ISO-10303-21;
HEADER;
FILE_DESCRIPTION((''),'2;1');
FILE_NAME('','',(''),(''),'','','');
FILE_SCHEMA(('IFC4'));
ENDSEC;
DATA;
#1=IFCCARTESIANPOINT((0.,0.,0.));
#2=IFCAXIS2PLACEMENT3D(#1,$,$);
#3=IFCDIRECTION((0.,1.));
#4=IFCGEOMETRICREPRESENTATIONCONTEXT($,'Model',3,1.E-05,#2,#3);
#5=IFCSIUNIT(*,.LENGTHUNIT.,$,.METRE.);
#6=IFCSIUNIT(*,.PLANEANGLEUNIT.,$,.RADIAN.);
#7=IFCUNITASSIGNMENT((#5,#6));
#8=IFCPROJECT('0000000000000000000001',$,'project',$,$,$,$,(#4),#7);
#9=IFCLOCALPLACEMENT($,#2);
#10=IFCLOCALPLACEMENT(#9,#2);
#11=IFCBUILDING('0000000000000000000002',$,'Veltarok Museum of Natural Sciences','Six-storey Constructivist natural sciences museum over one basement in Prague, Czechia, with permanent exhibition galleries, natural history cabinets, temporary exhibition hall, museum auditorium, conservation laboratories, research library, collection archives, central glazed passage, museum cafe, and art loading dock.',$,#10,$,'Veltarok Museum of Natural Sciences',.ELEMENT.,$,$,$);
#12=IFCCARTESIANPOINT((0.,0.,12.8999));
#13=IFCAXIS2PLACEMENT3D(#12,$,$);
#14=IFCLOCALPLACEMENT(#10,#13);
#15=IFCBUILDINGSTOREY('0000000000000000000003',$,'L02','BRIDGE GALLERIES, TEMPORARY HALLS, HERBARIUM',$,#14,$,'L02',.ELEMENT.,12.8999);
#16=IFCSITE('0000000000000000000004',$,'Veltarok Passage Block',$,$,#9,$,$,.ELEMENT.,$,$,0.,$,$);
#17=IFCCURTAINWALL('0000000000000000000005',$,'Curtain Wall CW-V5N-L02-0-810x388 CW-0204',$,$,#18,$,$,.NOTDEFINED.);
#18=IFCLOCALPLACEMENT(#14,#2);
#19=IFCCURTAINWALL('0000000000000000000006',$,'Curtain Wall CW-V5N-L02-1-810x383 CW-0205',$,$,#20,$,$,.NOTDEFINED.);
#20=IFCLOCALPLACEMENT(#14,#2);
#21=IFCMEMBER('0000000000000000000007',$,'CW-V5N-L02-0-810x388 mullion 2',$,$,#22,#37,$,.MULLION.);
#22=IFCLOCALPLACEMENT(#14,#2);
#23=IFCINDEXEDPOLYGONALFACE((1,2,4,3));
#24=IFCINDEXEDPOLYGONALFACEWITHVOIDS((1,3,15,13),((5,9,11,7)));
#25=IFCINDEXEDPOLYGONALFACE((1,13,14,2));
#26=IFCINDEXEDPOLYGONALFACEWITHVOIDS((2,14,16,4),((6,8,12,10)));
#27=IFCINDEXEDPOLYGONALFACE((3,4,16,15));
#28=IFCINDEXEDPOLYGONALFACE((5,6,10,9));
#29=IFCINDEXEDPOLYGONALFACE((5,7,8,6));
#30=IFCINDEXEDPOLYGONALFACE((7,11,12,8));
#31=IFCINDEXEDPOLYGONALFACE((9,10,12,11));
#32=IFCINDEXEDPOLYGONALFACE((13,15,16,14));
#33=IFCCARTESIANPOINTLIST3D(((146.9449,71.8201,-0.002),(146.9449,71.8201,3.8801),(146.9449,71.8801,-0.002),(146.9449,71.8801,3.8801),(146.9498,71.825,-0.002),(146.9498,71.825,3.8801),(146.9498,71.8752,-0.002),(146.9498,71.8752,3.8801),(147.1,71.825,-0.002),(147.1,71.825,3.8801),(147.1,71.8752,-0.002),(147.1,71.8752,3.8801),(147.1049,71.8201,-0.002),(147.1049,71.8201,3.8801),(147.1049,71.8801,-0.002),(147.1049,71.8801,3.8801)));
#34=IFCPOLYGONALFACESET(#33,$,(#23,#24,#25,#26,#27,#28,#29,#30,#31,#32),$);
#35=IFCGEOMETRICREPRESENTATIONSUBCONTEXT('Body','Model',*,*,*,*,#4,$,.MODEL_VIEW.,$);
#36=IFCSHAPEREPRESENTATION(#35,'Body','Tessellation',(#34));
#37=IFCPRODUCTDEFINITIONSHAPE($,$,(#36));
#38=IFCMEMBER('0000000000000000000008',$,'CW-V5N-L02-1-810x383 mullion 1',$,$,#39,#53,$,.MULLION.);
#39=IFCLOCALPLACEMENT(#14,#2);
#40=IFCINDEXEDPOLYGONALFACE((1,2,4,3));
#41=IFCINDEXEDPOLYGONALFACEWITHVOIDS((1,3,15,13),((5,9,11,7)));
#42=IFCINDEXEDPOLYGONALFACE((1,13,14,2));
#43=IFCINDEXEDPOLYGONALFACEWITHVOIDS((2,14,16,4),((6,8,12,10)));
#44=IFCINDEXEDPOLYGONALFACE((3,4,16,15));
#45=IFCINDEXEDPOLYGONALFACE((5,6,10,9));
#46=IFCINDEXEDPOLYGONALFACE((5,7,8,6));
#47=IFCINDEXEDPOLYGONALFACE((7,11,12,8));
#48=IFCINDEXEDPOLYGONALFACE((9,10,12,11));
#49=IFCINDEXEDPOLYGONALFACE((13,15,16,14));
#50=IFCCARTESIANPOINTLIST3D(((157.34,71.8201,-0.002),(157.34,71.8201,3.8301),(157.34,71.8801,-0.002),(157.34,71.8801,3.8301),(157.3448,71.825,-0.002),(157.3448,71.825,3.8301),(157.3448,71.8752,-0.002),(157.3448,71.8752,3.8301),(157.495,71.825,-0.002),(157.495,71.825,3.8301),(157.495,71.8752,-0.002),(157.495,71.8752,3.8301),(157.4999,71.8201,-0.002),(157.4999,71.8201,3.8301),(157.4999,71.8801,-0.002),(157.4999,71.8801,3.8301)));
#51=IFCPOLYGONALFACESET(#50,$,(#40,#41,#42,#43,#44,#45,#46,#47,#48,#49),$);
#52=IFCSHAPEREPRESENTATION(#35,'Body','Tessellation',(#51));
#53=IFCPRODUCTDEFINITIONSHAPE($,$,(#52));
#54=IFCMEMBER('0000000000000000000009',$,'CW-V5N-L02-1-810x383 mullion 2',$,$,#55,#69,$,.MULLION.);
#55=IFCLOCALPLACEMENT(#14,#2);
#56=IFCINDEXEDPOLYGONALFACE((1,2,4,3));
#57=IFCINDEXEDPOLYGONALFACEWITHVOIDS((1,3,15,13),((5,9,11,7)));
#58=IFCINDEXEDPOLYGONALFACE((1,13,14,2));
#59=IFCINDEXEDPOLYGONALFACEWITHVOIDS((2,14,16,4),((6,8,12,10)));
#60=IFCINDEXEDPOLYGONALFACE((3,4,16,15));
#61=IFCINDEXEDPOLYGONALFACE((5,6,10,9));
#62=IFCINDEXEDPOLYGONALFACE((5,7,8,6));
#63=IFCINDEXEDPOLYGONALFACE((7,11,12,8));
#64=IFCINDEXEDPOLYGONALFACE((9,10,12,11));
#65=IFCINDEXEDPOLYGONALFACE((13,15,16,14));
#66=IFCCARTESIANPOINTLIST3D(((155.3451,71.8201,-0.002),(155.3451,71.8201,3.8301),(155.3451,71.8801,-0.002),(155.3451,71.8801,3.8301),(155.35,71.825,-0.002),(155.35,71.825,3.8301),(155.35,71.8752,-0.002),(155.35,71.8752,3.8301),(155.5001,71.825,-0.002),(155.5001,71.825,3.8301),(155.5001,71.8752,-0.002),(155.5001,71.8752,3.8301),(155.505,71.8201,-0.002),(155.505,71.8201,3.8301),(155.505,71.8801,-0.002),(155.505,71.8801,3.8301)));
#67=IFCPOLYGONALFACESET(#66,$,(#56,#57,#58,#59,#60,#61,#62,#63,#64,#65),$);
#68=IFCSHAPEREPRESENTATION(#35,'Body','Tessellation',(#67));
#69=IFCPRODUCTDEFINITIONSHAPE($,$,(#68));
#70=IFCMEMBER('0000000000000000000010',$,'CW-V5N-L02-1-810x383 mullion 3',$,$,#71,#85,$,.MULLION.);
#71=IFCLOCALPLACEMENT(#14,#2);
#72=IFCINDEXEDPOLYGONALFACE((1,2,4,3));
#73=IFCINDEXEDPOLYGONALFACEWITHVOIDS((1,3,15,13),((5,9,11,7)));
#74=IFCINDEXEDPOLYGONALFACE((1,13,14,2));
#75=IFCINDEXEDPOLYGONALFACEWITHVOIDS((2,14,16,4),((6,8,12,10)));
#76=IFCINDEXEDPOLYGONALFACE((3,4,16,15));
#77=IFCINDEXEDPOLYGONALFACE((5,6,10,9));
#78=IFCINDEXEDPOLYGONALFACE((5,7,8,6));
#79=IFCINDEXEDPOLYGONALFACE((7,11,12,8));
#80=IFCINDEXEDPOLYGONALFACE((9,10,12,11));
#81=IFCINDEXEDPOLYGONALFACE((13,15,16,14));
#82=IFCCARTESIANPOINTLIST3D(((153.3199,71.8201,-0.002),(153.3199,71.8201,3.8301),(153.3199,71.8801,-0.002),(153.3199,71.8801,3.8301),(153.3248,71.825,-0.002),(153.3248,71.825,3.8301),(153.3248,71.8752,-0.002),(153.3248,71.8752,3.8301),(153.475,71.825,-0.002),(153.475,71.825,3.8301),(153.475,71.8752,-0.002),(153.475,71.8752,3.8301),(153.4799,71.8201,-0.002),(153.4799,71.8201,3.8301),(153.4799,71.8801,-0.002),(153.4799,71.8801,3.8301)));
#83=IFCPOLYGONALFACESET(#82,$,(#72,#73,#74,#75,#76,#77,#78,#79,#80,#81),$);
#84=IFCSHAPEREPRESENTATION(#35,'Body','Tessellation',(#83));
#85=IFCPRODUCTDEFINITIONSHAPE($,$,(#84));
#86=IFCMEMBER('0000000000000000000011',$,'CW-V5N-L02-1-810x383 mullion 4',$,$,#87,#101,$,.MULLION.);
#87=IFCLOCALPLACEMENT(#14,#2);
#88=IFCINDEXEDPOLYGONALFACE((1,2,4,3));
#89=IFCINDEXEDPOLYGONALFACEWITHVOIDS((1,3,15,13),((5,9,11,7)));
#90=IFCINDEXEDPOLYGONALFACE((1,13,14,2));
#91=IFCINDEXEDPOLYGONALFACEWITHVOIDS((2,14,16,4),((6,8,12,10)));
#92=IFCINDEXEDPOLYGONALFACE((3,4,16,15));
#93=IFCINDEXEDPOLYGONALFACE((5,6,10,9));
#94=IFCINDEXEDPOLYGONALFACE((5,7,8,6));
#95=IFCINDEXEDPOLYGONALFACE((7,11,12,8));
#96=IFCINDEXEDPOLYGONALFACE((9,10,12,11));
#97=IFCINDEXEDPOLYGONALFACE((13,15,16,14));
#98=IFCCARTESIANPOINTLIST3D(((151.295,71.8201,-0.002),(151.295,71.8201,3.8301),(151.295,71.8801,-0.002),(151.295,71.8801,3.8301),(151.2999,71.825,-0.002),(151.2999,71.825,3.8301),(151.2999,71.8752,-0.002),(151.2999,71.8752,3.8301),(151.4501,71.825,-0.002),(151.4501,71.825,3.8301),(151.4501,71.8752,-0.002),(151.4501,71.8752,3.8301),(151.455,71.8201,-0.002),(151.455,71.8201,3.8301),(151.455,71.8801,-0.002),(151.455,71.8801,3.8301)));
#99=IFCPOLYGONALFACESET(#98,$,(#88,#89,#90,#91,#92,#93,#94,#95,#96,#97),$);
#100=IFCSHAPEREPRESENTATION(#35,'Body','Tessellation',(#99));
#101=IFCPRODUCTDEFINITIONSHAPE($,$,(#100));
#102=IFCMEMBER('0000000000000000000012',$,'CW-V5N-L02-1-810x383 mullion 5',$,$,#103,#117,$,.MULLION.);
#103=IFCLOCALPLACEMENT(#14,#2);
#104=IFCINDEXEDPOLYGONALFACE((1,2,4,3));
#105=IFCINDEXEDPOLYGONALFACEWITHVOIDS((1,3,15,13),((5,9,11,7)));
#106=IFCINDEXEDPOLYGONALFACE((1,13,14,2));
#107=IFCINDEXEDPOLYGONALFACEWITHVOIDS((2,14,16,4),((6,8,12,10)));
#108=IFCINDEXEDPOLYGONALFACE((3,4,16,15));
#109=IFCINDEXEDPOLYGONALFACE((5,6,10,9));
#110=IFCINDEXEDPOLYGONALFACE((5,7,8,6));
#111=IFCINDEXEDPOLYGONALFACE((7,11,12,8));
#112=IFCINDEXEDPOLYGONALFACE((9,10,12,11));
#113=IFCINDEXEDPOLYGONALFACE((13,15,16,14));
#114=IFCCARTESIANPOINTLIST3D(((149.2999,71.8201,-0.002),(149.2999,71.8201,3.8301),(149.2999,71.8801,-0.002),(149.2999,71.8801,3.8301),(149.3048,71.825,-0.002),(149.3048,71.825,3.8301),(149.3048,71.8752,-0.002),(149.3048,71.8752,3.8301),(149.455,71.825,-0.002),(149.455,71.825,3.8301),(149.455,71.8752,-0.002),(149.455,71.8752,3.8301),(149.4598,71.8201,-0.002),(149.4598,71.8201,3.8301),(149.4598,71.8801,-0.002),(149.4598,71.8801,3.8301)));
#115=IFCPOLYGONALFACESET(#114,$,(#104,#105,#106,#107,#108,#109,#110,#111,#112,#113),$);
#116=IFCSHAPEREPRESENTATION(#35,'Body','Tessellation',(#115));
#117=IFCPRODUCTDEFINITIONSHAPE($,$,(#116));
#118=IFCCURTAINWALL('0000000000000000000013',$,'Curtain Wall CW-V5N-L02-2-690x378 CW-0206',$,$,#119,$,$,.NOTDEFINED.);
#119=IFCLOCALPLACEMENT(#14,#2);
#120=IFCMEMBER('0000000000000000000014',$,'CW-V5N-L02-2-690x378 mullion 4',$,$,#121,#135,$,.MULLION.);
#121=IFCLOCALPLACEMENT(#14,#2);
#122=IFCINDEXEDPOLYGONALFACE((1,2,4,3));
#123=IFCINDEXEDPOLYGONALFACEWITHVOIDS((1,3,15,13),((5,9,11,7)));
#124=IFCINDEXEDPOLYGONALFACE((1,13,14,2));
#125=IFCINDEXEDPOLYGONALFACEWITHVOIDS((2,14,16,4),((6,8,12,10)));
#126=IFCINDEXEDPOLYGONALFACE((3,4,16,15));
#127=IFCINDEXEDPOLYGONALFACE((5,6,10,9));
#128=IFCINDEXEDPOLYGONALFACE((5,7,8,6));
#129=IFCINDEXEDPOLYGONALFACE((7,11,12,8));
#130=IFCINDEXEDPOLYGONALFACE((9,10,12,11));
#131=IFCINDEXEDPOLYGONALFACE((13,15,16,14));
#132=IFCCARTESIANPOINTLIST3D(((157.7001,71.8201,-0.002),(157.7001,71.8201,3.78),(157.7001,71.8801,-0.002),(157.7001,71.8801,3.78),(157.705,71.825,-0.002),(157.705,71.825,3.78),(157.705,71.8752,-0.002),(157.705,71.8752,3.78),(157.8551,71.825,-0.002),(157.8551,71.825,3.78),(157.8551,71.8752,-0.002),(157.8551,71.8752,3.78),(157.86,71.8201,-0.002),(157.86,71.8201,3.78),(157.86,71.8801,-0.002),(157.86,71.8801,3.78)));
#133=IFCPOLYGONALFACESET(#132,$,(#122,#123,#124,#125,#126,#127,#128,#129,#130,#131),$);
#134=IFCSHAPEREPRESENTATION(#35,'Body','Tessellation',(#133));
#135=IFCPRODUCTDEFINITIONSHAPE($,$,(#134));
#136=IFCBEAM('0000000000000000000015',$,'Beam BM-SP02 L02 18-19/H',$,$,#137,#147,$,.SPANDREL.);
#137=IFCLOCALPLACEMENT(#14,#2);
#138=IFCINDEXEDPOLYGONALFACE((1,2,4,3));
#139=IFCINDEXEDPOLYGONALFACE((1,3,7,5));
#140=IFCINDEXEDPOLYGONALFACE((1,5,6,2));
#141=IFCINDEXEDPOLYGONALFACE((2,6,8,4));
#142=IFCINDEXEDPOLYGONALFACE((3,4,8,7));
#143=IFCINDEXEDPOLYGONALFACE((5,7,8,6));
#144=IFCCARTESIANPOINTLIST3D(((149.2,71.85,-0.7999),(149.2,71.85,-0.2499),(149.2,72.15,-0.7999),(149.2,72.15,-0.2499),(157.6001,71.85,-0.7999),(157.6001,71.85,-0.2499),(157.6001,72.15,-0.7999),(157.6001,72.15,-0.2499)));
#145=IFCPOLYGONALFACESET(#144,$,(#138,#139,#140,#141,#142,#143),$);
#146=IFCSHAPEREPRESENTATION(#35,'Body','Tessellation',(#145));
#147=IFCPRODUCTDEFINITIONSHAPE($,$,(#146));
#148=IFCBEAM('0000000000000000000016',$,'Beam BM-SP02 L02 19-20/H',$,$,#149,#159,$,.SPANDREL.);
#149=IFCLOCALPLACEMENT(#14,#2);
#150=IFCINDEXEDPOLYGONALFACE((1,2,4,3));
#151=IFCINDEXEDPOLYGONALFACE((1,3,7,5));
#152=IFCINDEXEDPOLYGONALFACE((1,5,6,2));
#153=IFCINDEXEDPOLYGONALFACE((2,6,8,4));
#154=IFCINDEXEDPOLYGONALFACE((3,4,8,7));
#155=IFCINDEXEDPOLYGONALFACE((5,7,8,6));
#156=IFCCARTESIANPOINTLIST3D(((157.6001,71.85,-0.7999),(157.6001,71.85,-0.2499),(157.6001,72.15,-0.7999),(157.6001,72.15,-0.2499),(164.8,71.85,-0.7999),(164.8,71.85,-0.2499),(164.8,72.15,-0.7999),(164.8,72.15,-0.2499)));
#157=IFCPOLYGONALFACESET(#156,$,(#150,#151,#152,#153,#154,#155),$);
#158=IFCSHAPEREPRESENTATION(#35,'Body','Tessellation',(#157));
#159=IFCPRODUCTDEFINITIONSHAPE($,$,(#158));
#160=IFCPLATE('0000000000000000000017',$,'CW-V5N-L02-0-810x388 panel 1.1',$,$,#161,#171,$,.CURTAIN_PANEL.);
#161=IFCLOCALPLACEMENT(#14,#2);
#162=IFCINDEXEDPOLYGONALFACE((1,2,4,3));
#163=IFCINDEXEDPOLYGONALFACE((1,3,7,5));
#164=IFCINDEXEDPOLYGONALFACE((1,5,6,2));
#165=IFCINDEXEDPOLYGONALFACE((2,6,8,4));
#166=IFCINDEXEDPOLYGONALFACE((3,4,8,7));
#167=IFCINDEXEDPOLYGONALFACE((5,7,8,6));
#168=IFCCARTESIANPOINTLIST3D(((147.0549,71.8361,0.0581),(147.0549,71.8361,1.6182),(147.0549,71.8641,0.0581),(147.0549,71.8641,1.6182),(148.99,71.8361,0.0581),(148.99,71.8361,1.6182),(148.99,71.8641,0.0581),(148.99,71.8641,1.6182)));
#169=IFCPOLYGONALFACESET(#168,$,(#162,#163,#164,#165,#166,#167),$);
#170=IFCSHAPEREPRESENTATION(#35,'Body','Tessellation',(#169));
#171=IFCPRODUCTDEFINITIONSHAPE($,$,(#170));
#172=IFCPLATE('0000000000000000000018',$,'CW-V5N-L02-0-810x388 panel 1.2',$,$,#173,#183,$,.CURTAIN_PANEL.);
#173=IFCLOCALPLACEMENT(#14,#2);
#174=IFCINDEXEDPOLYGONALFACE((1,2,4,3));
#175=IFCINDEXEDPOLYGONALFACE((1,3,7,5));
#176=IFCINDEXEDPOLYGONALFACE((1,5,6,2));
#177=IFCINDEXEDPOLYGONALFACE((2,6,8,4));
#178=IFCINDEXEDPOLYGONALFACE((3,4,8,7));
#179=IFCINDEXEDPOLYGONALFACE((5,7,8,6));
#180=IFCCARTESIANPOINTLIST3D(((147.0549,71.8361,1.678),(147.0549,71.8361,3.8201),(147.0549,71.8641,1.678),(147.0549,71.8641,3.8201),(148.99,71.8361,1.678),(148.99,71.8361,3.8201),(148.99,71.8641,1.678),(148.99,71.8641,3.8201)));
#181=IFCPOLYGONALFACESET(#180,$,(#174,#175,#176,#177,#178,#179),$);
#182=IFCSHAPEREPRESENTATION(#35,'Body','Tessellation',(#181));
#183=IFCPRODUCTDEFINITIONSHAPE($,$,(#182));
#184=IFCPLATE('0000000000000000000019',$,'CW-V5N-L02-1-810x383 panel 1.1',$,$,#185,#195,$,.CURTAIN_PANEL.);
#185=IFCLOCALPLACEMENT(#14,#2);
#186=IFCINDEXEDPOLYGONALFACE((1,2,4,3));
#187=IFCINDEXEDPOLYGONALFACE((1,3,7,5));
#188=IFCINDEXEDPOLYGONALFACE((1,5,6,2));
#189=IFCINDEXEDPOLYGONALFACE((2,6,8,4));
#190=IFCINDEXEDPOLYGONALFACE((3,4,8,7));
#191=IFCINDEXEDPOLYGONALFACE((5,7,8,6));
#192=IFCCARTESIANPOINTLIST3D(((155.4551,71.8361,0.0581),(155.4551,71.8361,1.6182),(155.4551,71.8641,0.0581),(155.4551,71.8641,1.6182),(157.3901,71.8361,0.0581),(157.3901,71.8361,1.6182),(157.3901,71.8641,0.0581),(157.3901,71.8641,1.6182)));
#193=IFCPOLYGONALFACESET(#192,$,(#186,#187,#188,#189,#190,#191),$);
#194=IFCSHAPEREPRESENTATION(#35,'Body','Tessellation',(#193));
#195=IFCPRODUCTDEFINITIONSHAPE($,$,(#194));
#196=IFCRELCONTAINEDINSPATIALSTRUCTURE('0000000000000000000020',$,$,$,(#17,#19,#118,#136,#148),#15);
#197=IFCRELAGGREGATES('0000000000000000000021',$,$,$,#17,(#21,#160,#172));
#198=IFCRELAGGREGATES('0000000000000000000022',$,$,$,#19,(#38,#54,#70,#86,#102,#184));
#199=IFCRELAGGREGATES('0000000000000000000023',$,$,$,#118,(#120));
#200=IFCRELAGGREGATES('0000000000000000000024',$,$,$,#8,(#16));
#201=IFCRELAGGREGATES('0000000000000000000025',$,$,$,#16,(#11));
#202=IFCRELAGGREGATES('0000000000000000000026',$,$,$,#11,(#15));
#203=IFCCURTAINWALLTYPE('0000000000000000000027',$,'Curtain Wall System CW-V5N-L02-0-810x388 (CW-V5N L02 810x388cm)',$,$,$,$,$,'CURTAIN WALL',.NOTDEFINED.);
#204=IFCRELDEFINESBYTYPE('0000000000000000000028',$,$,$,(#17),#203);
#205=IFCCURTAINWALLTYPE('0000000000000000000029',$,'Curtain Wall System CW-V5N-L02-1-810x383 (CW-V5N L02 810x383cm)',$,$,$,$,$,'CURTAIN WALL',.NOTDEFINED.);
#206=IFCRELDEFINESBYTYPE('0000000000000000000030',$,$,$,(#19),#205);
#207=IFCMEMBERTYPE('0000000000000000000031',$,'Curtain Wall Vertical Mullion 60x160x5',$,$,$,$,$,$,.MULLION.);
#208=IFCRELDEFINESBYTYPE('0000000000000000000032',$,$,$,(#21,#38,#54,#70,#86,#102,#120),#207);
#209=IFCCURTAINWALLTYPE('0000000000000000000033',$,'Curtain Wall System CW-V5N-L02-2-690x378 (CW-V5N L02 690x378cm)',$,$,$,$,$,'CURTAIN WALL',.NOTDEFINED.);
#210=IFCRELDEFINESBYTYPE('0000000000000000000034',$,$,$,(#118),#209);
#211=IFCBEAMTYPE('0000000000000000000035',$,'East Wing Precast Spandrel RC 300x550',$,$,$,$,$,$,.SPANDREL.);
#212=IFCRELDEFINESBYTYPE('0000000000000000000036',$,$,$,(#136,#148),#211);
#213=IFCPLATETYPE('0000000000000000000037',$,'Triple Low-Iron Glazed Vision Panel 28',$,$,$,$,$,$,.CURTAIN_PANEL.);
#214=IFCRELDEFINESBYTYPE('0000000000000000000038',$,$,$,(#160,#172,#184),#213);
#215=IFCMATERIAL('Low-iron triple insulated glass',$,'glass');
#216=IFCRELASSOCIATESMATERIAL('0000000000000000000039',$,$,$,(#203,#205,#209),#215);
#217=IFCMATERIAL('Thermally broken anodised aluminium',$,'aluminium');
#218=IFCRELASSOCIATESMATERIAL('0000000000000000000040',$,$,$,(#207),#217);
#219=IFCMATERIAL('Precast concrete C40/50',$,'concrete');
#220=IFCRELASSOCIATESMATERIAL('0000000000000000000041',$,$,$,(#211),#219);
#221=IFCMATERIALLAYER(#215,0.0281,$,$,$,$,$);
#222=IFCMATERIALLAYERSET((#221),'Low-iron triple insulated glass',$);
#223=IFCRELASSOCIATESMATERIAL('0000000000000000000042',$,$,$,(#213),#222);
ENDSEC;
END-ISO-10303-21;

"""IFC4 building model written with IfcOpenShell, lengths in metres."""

from ifc_helpers import new_model, si_unit, direction, frame, origin, origin_2d, place, context, subcontext, project, spatial, rectangle, hollow_rectangle, extrude, material, layer, layer_set, material_profile, profile_set, type_object, element, aggregate, save


model = new_model("IFC4")

# Units and contexts
model_context = context("Model", 3, precision=1e-05, world=origin(), true_north=direction((0.0, 1.0)))
body_context = subcontext(model_context, "Body", "Model", "MODEL_VIEW")
ifc_project = project(units=[si_unit("LENGTHUNIT", "METRE"), si_unit("PLANEANGLEUNIT", "RADIAN")], contexts=[model_context])

# Site, building, storey
site_placement = place(None, origin())
site = spatial("IfcSite", under=ifc_project, at=site_placement, Name="Veltarok Passage Block", CompositionType="ELEMENT", RefElevation=0.0)
building_placement = place(site_placement, origin())
building = spatial("IfcBuilding", under=site, at=building_placement, Name="Veltarok Museum of Natural Sciences", Description="Six-storey Constructivist natural sciences museum over one basement in Prague, Czechia, with permanent exhibition galleries, natural history cabinets, temporary exhibition hall, museum auditorium, conservation laboratories, research library, collection archives, central glazed passage, museum cafe, and art loading dock.", LongName="Veltarok Museum of Natural Sciences", CompositionType="ELEMENT")
storey_placement = place(building_placement, frame((0.0, 0.0, 12.8999)))
storey = spatial("IfcBuildingStorey", under=building, at=storey_placement, Name="L02", Description="BRIDGE GALLERIES, TEMPORARY HALLS, HERBARIUM", LongName="L02", CompositionType="ELEMENT", Elevation=12.8999)

# Curtain walls
ifc_material_1 = material(Name="Low-iron triple insulated glass", Category="glass")
curtain_wall_type_1 = type_object("IfcCurtainWallType", Name="Curtain Wall System CW-V5N-L02-0-810x388 (CW-V5N L02 810x388cm)", ElementType="CURTAIN WALL", PredefinedType="NOTDEFINED", material=ifc_material_1)
curtain_wall_1_placement = place(storey_placement, origin())
curtain_wall_1 = element("IfcCurtainWall", 1, at=curtain_wall_1_placement, inside=storey, type_object=curtain_wall_type_1, Name="Curtain Wall CW-V5N-L02-0-810x388 CW-0204", PredefinedType="NOTDEFINED")
ifc_material_2 = material(Name="Thermally broken anodised aluminium", Category="aluminium")
curtain_wall_type_2 = type_object("IfcCurtainWallType", Name="Curtain Wall System CW-V5N-L02-1-810x383 (CW-V5N L02 810x383cm)", ElementType="CURTAIN WALL", PredefinedType="NOTDEFINED", material=ifc_material_1)
curtain_wall_2_placement = place(storey_placement, origin())
curtain_wall_2 = element("IfcCurtainWall", 2, at=curtain_wall_2_placement, inside=storey, type_object=curtain_wall_type_2, Name="Curtain Wall CW-V5N-L02-1-810x383 CW-0205", PredefinedType="NOTDEFINED")

# Members
ifc_material_profile_1 = material_profile(ifc_material_2, hollow_rectangle(XDim=0.0601, YDim=0.1599, WallThickness=0.0049, at=origin_2d()), Name="CW MULLION 60x160x5")
ifc_profile_set_1 = profile_set([ifc_material_profile_1], Name="Thermally broken anodised aluminium")
member_type_1 = type_object("IfcMemberType", Name="Curtain Wall Vertical Mullion 60x160x5", PredefinedType="MULLION", material=ifc_profile_set_1)
member_1_placement = place(storey_placement, frame((147.0249, 71.8501, -0.002), z_axis=(0.0, 0.0, 1.0), x_axis=(0.0, -1.0, 0.0)))
member_1 = element("IfcMember", 3, at=member_1_placement, type_object=member_type_1, Name="CW-V5N-L02-0-810x388 mullion 2", PredefinedType="MULLION", context=body_context, shape_type="SweptSolid", body=[
    extrude(hollow_rectangle(XDim=0.0601, YDim=0.1599, WallThickness=0.0049, at=origin_2d()), origin(), (0.0, 0.0, 1.0), 3.8821),
])
member_2_placement = place(storey_placement, frame((157.4199, 71.8501, -0.002), z_axis=(0.0, 0.0, 1.0), x_axis=(0.0, -1.0, 0.0)))
member_2 = element("IfcMember", 4, at=member_2_placement, type_object=member_type_1, Name="CW-V5N-L02-1-810x383 mullion 1", PredefinedType="MULLION", context=body_context, shape_type="SweptSolid", body=[
    extrude(hollow_rectangle(XDim=0.0601, YDim=0.1599, WallThickness=0.0049, at=origin_2d()), origin(), (0.0, 0.0, 1.0), 3.832),
])
member_3_placement = place(storey_placement, frame((155.425, 71.8501, -0.002), z_axis=(0.0, 0.0, 1.0), x_axis=(0.0, -1.0, 0.0)))
member_3 = element("IfcMember", 5, at=member_3_placement, type_object=member_type_1, Name="CW-V5N-L02-1-810x383 mullion 2", PredefinedType="MULLION", context=body_context, shape_type="SweptSolid", body=[
    extrude(hollow_rectangle(XDim=0.0601, YDim=0.1599, WallThickness=0.0049, at=origin_2d()), origin(), (0.0, 0.0, 1.0), 3.832),
])
member_4_placement = place(storey_placement, frame((153.3999, 71.8501, -0.002), z_axis=(0.0, 0.0, 1.0), x_axis=(0.0, -1.0, 0.0)))
member_4 = element("IfcMember", 6, at=member_4_placement, type_object=member_type_1, Name="CW-V5N-L02-1-810x383 mullion 3", PredefinedType="MULLION", context=body_context, shape_type="SweptSolid", body=[
    extrude(hollow_rectangle(XDim=0.0601, YDim=0.1599, WallThickness=0.0049, at=origin_2d()), origin(), (0.0, 0.0, 1.0), 3.832),
])
member_5_placement = place(storey_placement, frame((151.375, 71.8501, -0.002), z_axis=(0.0, 0.0, 1.0), x_axis=(0.0, -1.0, 0.0)))
member_5 = element("IfcMember", 7, at=member_5_placement, type_object=member_type_1, Name="CW-V5N-L02-1-810x383 mullion 4", PredefinedType="MULLION", context=body_context, shape_type="SweptSolid", body=[
    extrude(hollow_rectangle(XDim=0.0601, YDim=0.1599, WallThickness=0.0049, at=origin_2d()), origin(), (0.0, 0.0, 1.0), 3.832),
])
member_6_placement = place(storey_placement, frame((149.3799, 71.8501, -0.002), z_axis=(0.0, 0.0, 1.0), x_axis=(0.0, -1.0, 0.0)))
member_6 = element("IfcMember", 8, at=member_6_placement, type_object=member_type_1, Name="CW-V5N-L02-1-810x383 mullion 5", PredefinedType="MULLION", context=body_context, shape_type="SweptSolid", body=[
    extrude(hollow_rectangle(XDim=0.0601, YDim=0.1599, WallThickness=0.0049, at=origin_2d()), origin(), (0.0, 0.0, 1.0), 3.832),
])

# Curtain wall, member
curtain_wall_type_3 = type_object("IfcCurtainWallType", Name="Curtain Wall System CW-V5N-L02-2-690x378 (CW-V5N L02 690x378cm)", ElementType="CURTAIN WALL", PredefinedType="NOTDEFINED", material=ifc_material_1)
curtain_wall_3_placement = place(storey_placement, origin())
curtain_wall_3 = element("IfcCurtainWall", 9, at=curtain_wall_3_placement, inside=storey, type_object=curtain_wall_type_3, Name="Curtain Wall CW-V5N-L02-2-690x378 CW-0206", PredefinedType="NOTDEFINED")
member_7_placement = place(storey_placement, frame((157.78, 71.8501, -0.002), z_axis=(0.0, 0.0, 1.0), x_axis=(0.0, -1.0, 0.0)))
member_7 = element("IfcMember", 10, at=member_7_placement, type_object=member_type_1, Name="CW-V5N-L02-2-690x378 mullion 4", PredefinedType="MULLION", context=body_context, shape_type="SweptSolid", body=[
    extrude(hollow_rectangle(XDim=0.0601, YDim=0.1599, WallThickness=0.0049, at=origin_2d()), origin(), (0.0, 0.0, 1.0), 3.782),
])

# Beams
ifc_material_3 = material(Name="Precast concrete C40/50", Category="concrete")
ifc_material_profile_2 = material_profile(ifc_material_3, rectangle(XDim=0.3, YDim=0.55, at=origin_2d()), Name="RC 300x550")
ifc_profile_set_2 = profile_set([ifc_material_profile_2], Name="Precast concrete C40/50")
beam_type = type_object("IfcBeamType", Name="East Wing Precast Spandrel RC 300x550", PredefinedType="SPANDREL", material=ifc_profile_set_2)
beam_1_placement = place(storey_placement, frame((149.2, 72.0, -0.5249), z_axis=(1.0, 0.0, 0.0), x_axis=(0.0, 1.0, 0.0)))
element("IfcBeam", 11, at=beam_1_placement, inside=storey, type_object=beam_type, Name="Beam BM-SP02 L02 18-19/H", PredefinedType="SPANDREL", context=body_context, shape_type="SweptSolid", body=[
    extrude(rectangle(XDim=0.3, YDim=0.55, at=origin_2d()), origin(), (0.0, 0.0, 1.0), 8.4001),
])
beam_2_placement = place(storey_placement, frame((157.6001, 72.0, -0.5249), z_axis=(1.0, 0.0, 0.0), x_axis=(0.0, 1.0, 0.0)))
element("IfcBeam", 12, at=beam_2_placement, inside=storey, type_object=beam_type, Name="Beam BM-SP02 L02 19-20/H", PredefinedType="SPANDREL", context=body_context, shape_type="SweptSolid", body=[
    extrude(rectangle(XDim=0.3, YDim=0.55, at=origin_2d()), origin(), (0.0, 0.0, 1.0), 7.2),
])

# Plates
ifc_layer = layer(ifc_material_1, 0.0281)
ifc_layer_set = layer_set([ifc_layer], Name="Low-iron triple insulated glass")
plate_type = type_object("IfcPlateType", Name="Triple Low-Iron Glazed Vision Panel 28", PredefinedType="CURTAIN_PANEL", material=ifc_layer_set)
plate_1_placement = place(storey_placement, frame((148.0225, 71.8501, 0.0581), z_axis=(0.0, 0.0, 1.0), x_axis=(-1.0, 0.0, 0.0)))
plate_1 = element("IfcPlate", 13, at=plate_1_placement, type_object=plate_type, Name="CW-V5N-L02-0-810x388 panel 1.1", PredefinedType="CURTAIN_PANEL", context=body_context, shape_type="SweptSolid", body=[
    extrude(rectangle(XDim=1.9351, YDim=0.0281, at=origin_2d()), origin(), (0.0, 0.0, 1.0), 1.5601),
])
plate_2_placement = place(storey_placement, frame((148.0225, 71.8501, 1.678), z_axis=(0.0, 0.0, 1.0), x_axis=(-1.0, 0.0, 0.0)))
plate_2 = element("IfcPlate", 14, at=plate_2_placement, type_object=plate_type, Name="CW-V5N-L02-0-810x388 panel 1.2", PredefinedType="CURTAIN_PANEL", context=body_context, shape_type="SweptSolid", body=[
    extrude(rectangle(XDim=1.9351, YDim=0.0281, at=origin_2d()), origin(), (0.0, 0.0, 1.0), 2.1421),
])
aggregate(curtain_wall_1, [member_1, plate_1, plate_2])
plate_3_placement = place(storey_placement, frame((156.4226, 71.8501, 0.0581), z_axis=(0.0, 0.0, 1.0), x_axis=(-1.0, 0.0, 0.0)))
plate_3 = element("IfcPlate", 15, at=plate_3_placement, type_object=plate_type, Name="CW-V5N-L02-1-810x383 panel 1.1", PredefinedType="CURTAIN_PANEL", context=body_context, shape_type="SweptSolid", body=[
    extrude(rectangle(XDim=1.9351, YDim=0.0281, at=origin_2d()), origin(), (0.0, 0.0, 1.0), 1.5601),
])
aggregate(curtain_wall_2, [member_2, member_3, member_4, member_5, member_6, plate_3])
aggregate(curtain_wall_3, [member_7])

save(model, "model.ifc")
